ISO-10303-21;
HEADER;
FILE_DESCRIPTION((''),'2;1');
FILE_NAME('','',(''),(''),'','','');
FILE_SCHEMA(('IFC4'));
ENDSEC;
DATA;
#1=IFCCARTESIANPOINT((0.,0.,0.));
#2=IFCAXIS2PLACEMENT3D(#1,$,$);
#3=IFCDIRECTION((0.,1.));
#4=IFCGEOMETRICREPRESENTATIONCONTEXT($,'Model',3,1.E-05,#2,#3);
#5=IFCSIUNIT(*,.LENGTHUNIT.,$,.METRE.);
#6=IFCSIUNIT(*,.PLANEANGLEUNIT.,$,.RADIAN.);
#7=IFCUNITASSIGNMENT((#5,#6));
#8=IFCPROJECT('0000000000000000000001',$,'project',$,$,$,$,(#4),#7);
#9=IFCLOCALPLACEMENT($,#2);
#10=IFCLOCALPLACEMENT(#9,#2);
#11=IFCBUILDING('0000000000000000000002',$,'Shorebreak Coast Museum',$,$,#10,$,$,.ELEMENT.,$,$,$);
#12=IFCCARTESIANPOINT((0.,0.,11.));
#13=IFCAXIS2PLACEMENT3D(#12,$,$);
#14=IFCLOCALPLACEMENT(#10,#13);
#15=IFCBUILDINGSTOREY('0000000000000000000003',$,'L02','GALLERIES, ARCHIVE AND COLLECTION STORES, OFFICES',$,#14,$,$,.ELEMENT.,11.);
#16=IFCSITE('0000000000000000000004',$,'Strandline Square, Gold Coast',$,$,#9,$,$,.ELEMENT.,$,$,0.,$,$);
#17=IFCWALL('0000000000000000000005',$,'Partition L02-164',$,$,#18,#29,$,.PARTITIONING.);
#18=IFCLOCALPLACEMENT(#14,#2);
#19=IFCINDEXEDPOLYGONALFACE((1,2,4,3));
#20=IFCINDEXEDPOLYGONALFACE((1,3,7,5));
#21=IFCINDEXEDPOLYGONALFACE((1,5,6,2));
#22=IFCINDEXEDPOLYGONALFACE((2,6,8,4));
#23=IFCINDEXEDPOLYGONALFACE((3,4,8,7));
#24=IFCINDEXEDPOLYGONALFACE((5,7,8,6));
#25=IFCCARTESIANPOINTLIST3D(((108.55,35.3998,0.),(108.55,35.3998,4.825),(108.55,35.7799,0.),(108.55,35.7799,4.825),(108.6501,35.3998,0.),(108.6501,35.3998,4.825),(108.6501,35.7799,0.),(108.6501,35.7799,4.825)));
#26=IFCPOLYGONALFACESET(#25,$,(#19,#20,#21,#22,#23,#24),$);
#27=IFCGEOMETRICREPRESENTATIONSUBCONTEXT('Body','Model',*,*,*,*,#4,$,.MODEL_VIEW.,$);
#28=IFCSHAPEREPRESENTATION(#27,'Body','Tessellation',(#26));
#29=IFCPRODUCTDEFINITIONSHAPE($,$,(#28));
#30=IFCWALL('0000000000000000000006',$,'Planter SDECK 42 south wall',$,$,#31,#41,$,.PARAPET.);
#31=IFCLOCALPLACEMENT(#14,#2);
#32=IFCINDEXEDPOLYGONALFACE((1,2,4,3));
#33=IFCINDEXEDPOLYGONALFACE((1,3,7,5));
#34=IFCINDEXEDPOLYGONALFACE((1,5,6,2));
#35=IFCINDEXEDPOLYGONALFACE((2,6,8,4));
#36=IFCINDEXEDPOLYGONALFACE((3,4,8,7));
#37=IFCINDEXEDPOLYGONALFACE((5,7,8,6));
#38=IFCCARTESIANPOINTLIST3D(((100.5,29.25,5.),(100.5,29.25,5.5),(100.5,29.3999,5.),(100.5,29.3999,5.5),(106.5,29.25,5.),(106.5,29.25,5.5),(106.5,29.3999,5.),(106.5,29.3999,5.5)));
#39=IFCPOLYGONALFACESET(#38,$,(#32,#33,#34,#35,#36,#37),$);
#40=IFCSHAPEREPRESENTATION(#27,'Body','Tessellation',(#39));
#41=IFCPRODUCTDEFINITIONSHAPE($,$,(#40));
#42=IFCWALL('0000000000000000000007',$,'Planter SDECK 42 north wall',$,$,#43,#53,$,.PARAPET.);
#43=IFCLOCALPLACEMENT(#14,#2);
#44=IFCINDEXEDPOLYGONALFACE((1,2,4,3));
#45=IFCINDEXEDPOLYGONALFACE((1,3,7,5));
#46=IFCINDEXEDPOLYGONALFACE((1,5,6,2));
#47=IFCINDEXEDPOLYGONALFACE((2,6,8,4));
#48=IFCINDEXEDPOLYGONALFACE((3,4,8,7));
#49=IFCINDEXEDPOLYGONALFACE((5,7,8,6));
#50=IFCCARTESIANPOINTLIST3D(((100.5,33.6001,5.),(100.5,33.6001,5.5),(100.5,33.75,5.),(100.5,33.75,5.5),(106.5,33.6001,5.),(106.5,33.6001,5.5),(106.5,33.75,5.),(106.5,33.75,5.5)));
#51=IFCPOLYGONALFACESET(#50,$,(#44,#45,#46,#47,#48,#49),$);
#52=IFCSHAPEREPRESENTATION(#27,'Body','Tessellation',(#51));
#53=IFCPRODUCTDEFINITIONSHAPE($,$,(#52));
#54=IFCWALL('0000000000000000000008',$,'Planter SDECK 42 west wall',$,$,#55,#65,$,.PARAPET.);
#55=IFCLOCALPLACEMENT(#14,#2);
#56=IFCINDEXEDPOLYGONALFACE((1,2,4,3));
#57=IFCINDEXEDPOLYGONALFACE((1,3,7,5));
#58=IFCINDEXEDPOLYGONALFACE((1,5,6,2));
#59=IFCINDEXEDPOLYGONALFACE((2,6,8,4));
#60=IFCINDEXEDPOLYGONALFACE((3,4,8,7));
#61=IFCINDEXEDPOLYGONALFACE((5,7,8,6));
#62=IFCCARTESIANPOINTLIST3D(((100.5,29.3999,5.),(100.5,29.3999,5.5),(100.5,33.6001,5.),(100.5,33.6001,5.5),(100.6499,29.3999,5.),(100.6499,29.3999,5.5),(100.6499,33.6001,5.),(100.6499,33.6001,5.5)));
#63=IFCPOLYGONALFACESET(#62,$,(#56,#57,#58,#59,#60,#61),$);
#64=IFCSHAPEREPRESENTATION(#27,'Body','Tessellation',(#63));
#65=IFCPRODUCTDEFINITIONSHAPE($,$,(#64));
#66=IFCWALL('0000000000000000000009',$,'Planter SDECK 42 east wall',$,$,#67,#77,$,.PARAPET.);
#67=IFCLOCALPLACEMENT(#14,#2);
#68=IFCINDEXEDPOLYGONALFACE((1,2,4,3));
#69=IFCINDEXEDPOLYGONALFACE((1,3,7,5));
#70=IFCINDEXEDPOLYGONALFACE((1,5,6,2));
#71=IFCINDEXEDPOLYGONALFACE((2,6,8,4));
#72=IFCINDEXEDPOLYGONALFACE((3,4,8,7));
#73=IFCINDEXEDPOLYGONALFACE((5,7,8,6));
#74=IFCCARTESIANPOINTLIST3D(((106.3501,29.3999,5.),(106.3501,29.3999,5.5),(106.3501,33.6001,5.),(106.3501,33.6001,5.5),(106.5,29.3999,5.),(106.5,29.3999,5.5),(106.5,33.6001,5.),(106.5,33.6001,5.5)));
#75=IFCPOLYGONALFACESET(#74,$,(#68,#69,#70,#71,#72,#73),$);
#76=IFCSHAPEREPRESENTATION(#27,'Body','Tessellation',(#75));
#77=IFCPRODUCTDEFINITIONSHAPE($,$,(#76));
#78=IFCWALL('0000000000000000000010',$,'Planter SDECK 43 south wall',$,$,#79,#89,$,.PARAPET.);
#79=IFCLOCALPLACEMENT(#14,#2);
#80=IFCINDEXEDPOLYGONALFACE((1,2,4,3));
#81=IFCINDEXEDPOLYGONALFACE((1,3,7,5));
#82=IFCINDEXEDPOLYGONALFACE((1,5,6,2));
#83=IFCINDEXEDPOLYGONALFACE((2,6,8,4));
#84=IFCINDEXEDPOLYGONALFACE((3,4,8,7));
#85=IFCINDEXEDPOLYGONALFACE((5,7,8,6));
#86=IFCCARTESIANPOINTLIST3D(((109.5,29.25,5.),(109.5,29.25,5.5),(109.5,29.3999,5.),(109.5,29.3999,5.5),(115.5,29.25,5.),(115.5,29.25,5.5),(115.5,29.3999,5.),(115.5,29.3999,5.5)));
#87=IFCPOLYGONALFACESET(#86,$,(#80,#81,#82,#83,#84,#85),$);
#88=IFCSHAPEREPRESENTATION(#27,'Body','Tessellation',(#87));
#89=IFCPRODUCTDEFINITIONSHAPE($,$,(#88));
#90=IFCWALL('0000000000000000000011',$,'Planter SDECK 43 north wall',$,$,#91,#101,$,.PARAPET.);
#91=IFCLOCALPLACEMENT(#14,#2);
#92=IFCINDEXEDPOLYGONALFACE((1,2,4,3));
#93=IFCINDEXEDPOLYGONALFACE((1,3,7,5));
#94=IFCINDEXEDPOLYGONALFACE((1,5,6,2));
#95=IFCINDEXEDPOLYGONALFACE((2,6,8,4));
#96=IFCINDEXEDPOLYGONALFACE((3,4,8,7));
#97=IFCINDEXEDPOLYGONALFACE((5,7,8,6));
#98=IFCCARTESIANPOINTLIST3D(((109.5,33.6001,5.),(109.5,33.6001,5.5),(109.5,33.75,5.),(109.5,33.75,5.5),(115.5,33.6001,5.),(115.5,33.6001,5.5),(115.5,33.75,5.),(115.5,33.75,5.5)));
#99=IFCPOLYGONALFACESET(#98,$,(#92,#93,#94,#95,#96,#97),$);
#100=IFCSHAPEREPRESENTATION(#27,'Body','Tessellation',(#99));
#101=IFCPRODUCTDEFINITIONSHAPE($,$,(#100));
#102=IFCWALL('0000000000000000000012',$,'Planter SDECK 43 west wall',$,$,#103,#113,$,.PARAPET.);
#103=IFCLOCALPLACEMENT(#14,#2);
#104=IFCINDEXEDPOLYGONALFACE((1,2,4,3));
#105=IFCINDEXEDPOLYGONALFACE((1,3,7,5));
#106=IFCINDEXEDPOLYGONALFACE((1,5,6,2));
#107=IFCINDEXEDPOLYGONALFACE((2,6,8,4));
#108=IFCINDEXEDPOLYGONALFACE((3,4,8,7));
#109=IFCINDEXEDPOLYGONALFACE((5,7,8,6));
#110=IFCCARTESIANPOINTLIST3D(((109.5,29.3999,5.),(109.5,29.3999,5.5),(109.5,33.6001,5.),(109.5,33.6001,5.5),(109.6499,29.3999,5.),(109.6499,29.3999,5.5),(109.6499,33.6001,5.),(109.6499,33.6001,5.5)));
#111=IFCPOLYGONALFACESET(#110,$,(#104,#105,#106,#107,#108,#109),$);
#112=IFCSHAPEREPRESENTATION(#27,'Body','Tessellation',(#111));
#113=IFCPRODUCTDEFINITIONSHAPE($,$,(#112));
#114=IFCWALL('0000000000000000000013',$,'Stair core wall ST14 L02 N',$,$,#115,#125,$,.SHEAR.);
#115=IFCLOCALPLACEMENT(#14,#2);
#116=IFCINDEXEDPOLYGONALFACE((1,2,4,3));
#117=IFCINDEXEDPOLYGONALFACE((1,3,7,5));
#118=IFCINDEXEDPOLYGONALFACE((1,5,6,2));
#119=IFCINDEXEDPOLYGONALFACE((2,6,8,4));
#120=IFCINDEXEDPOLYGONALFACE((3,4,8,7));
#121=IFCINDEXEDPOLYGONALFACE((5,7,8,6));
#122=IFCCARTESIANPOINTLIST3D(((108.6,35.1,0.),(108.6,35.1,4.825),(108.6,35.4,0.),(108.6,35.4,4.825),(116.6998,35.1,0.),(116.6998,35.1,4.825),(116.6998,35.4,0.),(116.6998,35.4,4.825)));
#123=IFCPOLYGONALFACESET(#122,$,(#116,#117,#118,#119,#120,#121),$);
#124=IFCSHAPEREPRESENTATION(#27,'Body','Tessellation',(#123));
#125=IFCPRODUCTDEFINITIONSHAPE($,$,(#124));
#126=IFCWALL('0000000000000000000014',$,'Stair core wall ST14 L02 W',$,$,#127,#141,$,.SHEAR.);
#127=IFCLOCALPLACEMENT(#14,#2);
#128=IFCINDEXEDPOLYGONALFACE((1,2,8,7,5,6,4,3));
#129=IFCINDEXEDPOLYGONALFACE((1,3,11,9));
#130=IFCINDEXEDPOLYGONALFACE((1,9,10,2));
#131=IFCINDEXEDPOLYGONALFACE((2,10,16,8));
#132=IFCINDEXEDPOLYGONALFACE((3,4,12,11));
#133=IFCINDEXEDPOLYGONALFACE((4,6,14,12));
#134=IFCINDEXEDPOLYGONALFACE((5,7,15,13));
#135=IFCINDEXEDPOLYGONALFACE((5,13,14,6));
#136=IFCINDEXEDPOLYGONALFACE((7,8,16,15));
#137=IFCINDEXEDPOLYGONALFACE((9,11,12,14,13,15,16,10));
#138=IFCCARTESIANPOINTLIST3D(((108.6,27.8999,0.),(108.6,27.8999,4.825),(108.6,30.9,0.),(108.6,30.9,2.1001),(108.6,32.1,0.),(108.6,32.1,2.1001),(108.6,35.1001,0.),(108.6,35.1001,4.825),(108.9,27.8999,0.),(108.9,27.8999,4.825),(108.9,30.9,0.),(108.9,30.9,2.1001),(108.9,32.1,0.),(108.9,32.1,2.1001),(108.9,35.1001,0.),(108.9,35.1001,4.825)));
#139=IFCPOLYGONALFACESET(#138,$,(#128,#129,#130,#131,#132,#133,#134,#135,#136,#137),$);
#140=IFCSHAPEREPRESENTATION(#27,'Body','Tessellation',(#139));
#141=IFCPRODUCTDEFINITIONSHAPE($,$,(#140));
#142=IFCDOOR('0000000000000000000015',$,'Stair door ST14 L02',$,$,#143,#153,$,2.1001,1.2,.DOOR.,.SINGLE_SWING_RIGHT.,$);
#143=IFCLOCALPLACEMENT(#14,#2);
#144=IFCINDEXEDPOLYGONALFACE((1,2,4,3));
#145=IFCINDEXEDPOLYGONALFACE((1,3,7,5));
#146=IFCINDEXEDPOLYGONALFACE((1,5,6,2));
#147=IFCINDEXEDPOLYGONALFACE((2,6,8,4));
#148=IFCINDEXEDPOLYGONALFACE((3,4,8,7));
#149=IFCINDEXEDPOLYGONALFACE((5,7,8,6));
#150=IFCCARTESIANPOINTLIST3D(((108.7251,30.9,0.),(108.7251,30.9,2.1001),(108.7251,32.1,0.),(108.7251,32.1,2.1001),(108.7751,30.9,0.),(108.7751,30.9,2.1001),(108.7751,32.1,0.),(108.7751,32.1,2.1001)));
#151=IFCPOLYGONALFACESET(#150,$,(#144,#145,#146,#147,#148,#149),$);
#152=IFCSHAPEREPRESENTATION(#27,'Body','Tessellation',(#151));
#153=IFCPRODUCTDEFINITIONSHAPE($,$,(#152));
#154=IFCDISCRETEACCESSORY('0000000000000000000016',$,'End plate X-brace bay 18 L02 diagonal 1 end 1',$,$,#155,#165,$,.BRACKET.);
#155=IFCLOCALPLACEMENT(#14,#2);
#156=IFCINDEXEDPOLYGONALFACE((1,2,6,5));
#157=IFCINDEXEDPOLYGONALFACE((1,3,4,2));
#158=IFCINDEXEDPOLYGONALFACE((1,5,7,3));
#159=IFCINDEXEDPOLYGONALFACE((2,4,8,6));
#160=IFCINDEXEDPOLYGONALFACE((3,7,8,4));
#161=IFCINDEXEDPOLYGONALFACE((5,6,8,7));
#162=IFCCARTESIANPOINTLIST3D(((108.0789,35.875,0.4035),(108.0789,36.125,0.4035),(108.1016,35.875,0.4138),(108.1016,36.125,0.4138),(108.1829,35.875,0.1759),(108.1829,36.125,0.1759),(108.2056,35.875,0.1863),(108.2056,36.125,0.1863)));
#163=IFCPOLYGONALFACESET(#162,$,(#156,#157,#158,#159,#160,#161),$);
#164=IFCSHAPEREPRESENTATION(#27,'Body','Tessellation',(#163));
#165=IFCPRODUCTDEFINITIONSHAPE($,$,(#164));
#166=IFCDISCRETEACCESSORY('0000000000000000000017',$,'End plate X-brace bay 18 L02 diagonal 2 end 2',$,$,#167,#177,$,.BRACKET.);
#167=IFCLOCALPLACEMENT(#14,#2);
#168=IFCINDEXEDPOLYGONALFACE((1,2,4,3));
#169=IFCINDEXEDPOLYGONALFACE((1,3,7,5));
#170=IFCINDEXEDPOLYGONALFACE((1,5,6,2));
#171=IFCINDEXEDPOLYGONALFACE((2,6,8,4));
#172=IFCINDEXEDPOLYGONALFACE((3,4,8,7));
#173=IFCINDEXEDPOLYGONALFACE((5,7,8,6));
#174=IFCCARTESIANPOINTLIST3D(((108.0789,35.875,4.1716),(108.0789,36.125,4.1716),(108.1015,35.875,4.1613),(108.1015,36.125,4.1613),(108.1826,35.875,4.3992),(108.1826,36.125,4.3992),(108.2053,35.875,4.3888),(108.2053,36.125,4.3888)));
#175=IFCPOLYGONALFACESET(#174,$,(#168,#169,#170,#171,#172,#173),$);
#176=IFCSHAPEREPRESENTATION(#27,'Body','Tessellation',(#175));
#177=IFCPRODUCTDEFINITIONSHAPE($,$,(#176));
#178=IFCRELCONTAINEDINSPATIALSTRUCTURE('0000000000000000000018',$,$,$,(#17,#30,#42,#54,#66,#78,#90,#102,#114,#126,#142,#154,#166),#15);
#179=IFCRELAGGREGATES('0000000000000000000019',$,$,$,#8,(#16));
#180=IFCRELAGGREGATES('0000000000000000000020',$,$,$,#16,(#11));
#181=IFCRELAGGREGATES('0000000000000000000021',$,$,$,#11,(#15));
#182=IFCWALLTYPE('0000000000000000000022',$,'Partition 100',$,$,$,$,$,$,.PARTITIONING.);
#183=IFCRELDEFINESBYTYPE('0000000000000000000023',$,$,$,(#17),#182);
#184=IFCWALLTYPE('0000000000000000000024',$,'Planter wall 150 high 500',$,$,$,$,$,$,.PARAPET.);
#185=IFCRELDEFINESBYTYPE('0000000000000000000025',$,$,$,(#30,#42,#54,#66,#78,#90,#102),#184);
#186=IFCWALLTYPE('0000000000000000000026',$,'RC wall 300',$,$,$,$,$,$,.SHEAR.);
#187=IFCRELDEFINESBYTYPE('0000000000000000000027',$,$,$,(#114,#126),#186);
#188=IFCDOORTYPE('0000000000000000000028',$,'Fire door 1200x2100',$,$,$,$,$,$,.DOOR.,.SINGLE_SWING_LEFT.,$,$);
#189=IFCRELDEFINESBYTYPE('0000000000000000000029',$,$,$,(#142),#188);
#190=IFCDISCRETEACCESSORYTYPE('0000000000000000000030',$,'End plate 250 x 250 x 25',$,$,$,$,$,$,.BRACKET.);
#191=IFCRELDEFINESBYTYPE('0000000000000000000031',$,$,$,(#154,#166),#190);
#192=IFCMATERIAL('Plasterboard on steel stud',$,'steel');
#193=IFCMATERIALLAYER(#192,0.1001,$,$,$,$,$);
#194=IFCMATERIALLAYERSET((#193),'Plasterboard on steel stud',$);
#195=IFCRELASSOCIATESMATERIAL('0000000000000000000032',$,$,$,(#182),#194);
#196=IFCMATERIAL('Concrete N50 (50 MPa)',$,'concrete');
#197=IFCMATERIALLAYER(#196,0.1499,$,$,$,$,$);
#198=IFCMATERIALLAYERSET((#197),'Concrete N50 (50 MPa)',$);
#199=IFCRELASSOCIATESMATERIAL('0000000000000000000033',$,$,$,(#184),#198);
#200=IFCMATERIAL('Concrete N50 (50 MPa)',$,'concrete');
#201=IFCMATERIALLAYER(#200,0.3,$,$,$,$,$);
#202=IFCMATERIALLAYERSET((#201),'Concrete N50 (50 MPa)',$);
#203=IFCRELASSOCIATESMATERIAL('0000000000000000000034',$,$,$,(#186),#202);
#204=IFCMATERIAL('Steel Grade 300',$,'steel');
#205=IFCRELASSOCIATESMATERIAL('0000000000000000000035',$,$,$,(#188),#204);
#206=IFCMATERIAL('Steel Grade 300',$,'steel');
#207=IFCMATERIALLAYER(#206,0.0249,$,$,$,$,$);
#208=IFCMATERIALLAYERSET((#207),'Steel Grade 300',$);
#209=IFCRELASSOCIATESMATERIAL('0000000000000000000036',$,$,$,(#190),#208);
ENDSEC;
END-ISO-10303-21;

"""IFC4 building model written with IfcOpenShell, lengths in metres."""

from ifc_helpers import new_model, si_unit, direction, frame, frame_2d, origin, place, context, subcontext, project, spatial, polyline, rectangle, outline, extrude, material, layer, layer_set, type_object, element, fill, save


model = new_model("IFC4")

# Units and contexts
model_context = context("Model", 3, precision=1e-05, world=origin(), true_north=direction((0.0, 1.0)))
body_context = subcontext(model_context, "Body", "Model", "MODEL_VIEW")
ifc_project = project(units=[si_unit("LENGTHUNIT", "METRE"), si_unit("PLANEANGLEUNIT", "RADIAN")], contexts=[model_context])

# Site, building, storey
site_placement = place(None, origin())
site = spatial("IfcSite", under=ifc_project, at=site_placement, Name="Strandline Square, Gold Coast", CompositionType="ELEMENT", RefElevation=0.0)
building_placement = place(site_placement, origin())
building = spatial("IfcBuilding", under=site, at=building_placement, Name="Shorebreak Coast Museum", CompositionType="ELEMENT")
storey_placement = place(building_placement, frame((0.0, 0.0, 11.0)))
storey = spatial("IfcBuildingStorey", under=building, at=storey_placement, Name="L02", Description="GALLERIES, ARCHIVE AND COLLECTION STORES, OFFICES", CompositionType="ELEMENT", Elevation=11.0)

# Walls
ifc_material_1 = material(Name="Plasterboard on steel stud", Category="steel")
ifc_layer_1 = layer(ifc_material_1, 0.1001)
ifc_layer_set_1 = layer_set([ifc_layer_1], Name="Plasterboard on steel stud")
wall_type_1 = type_object("IfcWallType", Name="Partition 100", PredefinedType="PARTITIONING", material=ifc_layer_set_1)
wall_1_placement = place(storey_placement, frame((108.6001, 35.3999, 0.0), z_axis=(0.0, 0.0, 1.0), x_axis=(0.0, 1.0, 0.0)))
element("IfcWall", 1, at=wall_1_placement, inside=storey, type_object=wall_type_1, Name="Partition L02-164", PredefinedType="PARTITIONING", context=body_context, shape_type="SweptSolid", body=[
    extrude(rectangle(XDim=0.3801, YDim=0.1001, at=frame_2d((0.1899, 0.0))), origin(), (0.0, 0.0, 1.0), 4.825),
])
ifc_material_2 = material(Name="Concrete N50 (50 MPa)", Category="concrete")
ifc_layer_2 = layer(ifc_material_2, 0.1499)
ifc_layer_set_2 = layer_set([ifc_layer_2], Name="Concrete N50 (50 MPa)")
wall_type_2 = type_object("IfcWallType", Name="Planter wall 150 high 500", PredefinedType="PARAPET", material=ifc_layer_set_2)
for number, where, z_axis, x_axis, name in (
    (2, (100.5, 29.325, 5.0), (0.0, 0.0, 1.0), (1.0, 0.0, 0.0), "Planter SDECK 42 south wall"),
    (3, (100.5, 33.675, 5.0), (0.0, 0.0, 1.0), (1.0, 0.0, 0.0), "Planter SDECK 42 north wall"),
):
    element("IfcWall", number, at=place(storey_placement, frame(where, z_axis=z_axis, x_axis=x_axis)), inside=storey, type_object=wall_type_2, Name=name, PredefinedType="PARAPET", context=body_context, shape_type="SweptSolid", body=[
        extrude(rectangle(XDim=6.0, YDim=0.1499, at=frame_2d((3.0, 0.0))), origin(), (0.0, 0.0, 1.0), 0.5),
    ])
for number, where, z_axis, x_axis, name in (
    (4, (100.575, 29.3999, 5.0), (0.0, 0.0, 1.0), (0.0, 1.0, 0.0), "Planter SDECK 42 west wall"),
    (5, (106.425, 29.3999, 5.0), (0.0, 0.0, 1.0), (0.0, 1.0, 0.0), "Planter SDECK 42 east wall"),
):
    element("IfcWall", number, at=place(storey_placement, frame(where, z_axis=z_axis, x_axis=x_axis)), inside=storey, type_object=wall_type_2, Name=name, PredefinedType="PARAPET", context=body_context, shape_type="SweptSolid", body=[
        extrude(rectangle(XDim=4.2002, YDim=0.1499, at=frame_2d((2.1001, 0.0))), origin(), (0.0, 0.0, 1.0), 0.5),
    ])
for number, where, z_axis, x_axis, name in (
    (6, (109.5, 29.325, 5.0), (0.0, 0.0, 1.0), (1.0, 0.0, 0.0), "Planter SDECK 43 south wall"),
    (7, (109.5, 33.675, 5.0), (0.0, 0.0, 1.0), (1.0, 0.0, 0.0), "Planter SDECK 43 north wall"),
):
    element("IfcWall", number, at=place(storey_placement, frame(where, z_axis=z_axis, x_axis=x_axis)), inside=storey, type_object=wall_type_2, Name=name, PredefinedType="PARAPET", context=body_context, shape_type="SweptSolid", body=[
        extrude(rectangle(XDim=6.0, YDim=0.1499, at=frame_2d((3.0, 0.0))), origin(), (0.0, 0.0, 1.0), 0.5),
    ])
wall_2_placement = place(storey_placement, frame((109.575, 29.3999, 5.0), z_axis=(0.0, 0.0, 1.0), x_axis=(0.0, 1.0, 0.0)))
element("IfcWall", 8, at=wall_2_placement, inside=storey, type_object=wall_type_2, Name="Planter SDECK 43 west wall", PredefinedType="PARAPET", context=body_context, shape_type="SweptSolid", body=[
    extrude(rectangle(XDim=4.2002, YDim=0.1499, at=frame_2d((2.1001, 0.0))), origin(), (0.0, 0.0, 1.0), 0.5),
])
ifc_material_3 = material(Name="Concrete N50 (50 MPa)", Category="concrete")
ifc_layer_3 = layer(ifc_material_3, 0.3)
ifc_layer_set_3 = layer_set([ifc_layer_3], Name="Concrete N50 (50 MPa)")
wall_type_3 = type_object("IfcWallType", Name="RC wall 300", PredefinedType="SHEAR", material=ifc_layer_set_3)
wall_3_placement = place(storey_placement, frame((108.6001, 35.25, 0.0), z_axis=(0.0, 0.0, 1.0), x_axis=(1.0, 0.0, 0.0)))
element("IfcWall", 9, at=wall_3_placement, inside=storey, type_object=wall_type_3, Name="Stair core wall ST14 L02 N", PredefinedType="SHEAR", context=body_context, shape_type="SweptSolid", body=[
    extrude(rectangle(XDim=8.0999, YDim=0.3, at=frame_2d((4.0498, 0.0))), origin(), (0.0, 0.0, 1.0), 4.825),
])

# Wall, opening, door
wall_4_placement = place(storey_placement, frame((108.75, 27.8999, 0.0), z_axis=(0.0, 0.0, 1.0), x_axis=(0.0, 1.0, 0.0)))
wall_4 = element("IfcWall", 10, at=wall_4_placement, inside=storey, type_object=wall_type_3, Name="Stair core wall ST14 L02 W", PredefinedType="SHEAR", context=body_context, shape_type="SweptSolid", body=[
    extrude(rectangle(XDim=7.2002, YDim=0.3, at=frame_2d((3.6001, 0.0))), origin(), (0.0, 0.0, 1.0), 4.825),
])
opening_placement = place(wall_4_placement, frame((3.0, 0.0, 0.0)))
opening = element("IfcOpeningElement", 11, at=opening_placement, cuts=wall_4, PredefinedType="OPENING", context=body_context, shape_type="SweptSolid", body=[
    extrude(rectangle(XDim=1.2, YDim=2.1001, at=frame_2d((0.6001, 1.05))), frame((0.0, 0.1599, 0.0), z_axis=(0.0, -1.0, 0.0), x_axis=(1.0, 0.0, 0.0)), (0.0, 0.0, 1.0), 0.3201),
])
ifc_material_4 = material(Name="Steel Grade 300", Category="steel")
door_type = type_object("IfcDoorType", Name="Fire door 1200x2100", OperationType="SINGLE_SWING_LEFT", PredefinedType="DOOR", material=ifc_material_4)
door_placement = place(opening_placement, origin())
door = element("IfcDoor", 12, at=door_placement, inside=storey, type_object=door_type, Name="Stair door ST14 L02", OperationType="SINGLE_SWING_RIGHT", OverallHeight=2.1001, OverallWidth=1.2, PredefinedType="DOOR", context=body_context, shape_type="SweptSolid", body=[
    extrude(rectangle(XDim=1.2, YDim=2.1001, at=frame_2d((0.6001, 1.05))), frame((0.0, 0.0249, 0.0), z_axis=(0.0, -1.0, 0.0), x_axis=(1.0, 0.0, 0.0)), (0.0, 0.0, 1.0), 0.05),
])
fill(opening, door)

# Discrete accessories
ifc_material_5 = material(Name="Steel Grade 300", Category="steel")
ifc_layer_4 = layer(ifc_material_5, 0.0249)
ifc_layer_set_4 = layer_set([ifc_layer_4], Name="Steel Grade 300")
discrete_accessory_type = type_object("IfcDiscreteAccessoryType", Name="End plate 250 x 250 x 25", PredefinedType="BRACKET", material=ifc_layer_set_4)
discrete_accessory_1_placement = place(storey_placement, frame((108.2056, 35.875, 0.1863), z_axis=(0.909496, 0.0, 0.415714), x_axis=(0.0, 1.0, 0.0)))
element("IfcDiscreteAccessory", 13, at=discrete_accessory_1_placement, inside=storey, type_object=discrete_accessory_type, Name="End plate X-brace bay 18 L02 diagonal 1 end 1", PredefinedType="BRACKET", context=body_context, shape_type="SweptSolid", body=[
    extrude(outline(polyline([(0.0, 0.0), (0.25, 0.0), (0.25, 0.2502), (0.0, 0.2502), (0.0, 0.0)])), origin(), (0.0, 0.0, -1.0), 0.0249),
])
discrete_accessory_2_placement = place(storey_placement, frame((108.0789, 36.125, 4.1716), z_axis=(-0.909864, 0.0, 0.414906), x_axis=(0.0, -1.0, 0.0)))
element("IfcDiscreteAccessory", 14, at=discrete_accessory_2_placement, inside=storey, type_object=discrete_accessory_type, Name="End plate X-brace bay 18 L02 diagonal 2 end 2", PredefinedType="BRACKET", context=body_context, shape_type="SweptSolid", body=[
    extrude(outline(polyline([(0.0, 0.0), (0.25, 0.0), (0.25, 0.2501), (0.0, 0.2501), (0.0, 0.0)])), origin(), (0.0, 0.0, -1.0), 0.0249),
])

save(model, "model.ifc")
